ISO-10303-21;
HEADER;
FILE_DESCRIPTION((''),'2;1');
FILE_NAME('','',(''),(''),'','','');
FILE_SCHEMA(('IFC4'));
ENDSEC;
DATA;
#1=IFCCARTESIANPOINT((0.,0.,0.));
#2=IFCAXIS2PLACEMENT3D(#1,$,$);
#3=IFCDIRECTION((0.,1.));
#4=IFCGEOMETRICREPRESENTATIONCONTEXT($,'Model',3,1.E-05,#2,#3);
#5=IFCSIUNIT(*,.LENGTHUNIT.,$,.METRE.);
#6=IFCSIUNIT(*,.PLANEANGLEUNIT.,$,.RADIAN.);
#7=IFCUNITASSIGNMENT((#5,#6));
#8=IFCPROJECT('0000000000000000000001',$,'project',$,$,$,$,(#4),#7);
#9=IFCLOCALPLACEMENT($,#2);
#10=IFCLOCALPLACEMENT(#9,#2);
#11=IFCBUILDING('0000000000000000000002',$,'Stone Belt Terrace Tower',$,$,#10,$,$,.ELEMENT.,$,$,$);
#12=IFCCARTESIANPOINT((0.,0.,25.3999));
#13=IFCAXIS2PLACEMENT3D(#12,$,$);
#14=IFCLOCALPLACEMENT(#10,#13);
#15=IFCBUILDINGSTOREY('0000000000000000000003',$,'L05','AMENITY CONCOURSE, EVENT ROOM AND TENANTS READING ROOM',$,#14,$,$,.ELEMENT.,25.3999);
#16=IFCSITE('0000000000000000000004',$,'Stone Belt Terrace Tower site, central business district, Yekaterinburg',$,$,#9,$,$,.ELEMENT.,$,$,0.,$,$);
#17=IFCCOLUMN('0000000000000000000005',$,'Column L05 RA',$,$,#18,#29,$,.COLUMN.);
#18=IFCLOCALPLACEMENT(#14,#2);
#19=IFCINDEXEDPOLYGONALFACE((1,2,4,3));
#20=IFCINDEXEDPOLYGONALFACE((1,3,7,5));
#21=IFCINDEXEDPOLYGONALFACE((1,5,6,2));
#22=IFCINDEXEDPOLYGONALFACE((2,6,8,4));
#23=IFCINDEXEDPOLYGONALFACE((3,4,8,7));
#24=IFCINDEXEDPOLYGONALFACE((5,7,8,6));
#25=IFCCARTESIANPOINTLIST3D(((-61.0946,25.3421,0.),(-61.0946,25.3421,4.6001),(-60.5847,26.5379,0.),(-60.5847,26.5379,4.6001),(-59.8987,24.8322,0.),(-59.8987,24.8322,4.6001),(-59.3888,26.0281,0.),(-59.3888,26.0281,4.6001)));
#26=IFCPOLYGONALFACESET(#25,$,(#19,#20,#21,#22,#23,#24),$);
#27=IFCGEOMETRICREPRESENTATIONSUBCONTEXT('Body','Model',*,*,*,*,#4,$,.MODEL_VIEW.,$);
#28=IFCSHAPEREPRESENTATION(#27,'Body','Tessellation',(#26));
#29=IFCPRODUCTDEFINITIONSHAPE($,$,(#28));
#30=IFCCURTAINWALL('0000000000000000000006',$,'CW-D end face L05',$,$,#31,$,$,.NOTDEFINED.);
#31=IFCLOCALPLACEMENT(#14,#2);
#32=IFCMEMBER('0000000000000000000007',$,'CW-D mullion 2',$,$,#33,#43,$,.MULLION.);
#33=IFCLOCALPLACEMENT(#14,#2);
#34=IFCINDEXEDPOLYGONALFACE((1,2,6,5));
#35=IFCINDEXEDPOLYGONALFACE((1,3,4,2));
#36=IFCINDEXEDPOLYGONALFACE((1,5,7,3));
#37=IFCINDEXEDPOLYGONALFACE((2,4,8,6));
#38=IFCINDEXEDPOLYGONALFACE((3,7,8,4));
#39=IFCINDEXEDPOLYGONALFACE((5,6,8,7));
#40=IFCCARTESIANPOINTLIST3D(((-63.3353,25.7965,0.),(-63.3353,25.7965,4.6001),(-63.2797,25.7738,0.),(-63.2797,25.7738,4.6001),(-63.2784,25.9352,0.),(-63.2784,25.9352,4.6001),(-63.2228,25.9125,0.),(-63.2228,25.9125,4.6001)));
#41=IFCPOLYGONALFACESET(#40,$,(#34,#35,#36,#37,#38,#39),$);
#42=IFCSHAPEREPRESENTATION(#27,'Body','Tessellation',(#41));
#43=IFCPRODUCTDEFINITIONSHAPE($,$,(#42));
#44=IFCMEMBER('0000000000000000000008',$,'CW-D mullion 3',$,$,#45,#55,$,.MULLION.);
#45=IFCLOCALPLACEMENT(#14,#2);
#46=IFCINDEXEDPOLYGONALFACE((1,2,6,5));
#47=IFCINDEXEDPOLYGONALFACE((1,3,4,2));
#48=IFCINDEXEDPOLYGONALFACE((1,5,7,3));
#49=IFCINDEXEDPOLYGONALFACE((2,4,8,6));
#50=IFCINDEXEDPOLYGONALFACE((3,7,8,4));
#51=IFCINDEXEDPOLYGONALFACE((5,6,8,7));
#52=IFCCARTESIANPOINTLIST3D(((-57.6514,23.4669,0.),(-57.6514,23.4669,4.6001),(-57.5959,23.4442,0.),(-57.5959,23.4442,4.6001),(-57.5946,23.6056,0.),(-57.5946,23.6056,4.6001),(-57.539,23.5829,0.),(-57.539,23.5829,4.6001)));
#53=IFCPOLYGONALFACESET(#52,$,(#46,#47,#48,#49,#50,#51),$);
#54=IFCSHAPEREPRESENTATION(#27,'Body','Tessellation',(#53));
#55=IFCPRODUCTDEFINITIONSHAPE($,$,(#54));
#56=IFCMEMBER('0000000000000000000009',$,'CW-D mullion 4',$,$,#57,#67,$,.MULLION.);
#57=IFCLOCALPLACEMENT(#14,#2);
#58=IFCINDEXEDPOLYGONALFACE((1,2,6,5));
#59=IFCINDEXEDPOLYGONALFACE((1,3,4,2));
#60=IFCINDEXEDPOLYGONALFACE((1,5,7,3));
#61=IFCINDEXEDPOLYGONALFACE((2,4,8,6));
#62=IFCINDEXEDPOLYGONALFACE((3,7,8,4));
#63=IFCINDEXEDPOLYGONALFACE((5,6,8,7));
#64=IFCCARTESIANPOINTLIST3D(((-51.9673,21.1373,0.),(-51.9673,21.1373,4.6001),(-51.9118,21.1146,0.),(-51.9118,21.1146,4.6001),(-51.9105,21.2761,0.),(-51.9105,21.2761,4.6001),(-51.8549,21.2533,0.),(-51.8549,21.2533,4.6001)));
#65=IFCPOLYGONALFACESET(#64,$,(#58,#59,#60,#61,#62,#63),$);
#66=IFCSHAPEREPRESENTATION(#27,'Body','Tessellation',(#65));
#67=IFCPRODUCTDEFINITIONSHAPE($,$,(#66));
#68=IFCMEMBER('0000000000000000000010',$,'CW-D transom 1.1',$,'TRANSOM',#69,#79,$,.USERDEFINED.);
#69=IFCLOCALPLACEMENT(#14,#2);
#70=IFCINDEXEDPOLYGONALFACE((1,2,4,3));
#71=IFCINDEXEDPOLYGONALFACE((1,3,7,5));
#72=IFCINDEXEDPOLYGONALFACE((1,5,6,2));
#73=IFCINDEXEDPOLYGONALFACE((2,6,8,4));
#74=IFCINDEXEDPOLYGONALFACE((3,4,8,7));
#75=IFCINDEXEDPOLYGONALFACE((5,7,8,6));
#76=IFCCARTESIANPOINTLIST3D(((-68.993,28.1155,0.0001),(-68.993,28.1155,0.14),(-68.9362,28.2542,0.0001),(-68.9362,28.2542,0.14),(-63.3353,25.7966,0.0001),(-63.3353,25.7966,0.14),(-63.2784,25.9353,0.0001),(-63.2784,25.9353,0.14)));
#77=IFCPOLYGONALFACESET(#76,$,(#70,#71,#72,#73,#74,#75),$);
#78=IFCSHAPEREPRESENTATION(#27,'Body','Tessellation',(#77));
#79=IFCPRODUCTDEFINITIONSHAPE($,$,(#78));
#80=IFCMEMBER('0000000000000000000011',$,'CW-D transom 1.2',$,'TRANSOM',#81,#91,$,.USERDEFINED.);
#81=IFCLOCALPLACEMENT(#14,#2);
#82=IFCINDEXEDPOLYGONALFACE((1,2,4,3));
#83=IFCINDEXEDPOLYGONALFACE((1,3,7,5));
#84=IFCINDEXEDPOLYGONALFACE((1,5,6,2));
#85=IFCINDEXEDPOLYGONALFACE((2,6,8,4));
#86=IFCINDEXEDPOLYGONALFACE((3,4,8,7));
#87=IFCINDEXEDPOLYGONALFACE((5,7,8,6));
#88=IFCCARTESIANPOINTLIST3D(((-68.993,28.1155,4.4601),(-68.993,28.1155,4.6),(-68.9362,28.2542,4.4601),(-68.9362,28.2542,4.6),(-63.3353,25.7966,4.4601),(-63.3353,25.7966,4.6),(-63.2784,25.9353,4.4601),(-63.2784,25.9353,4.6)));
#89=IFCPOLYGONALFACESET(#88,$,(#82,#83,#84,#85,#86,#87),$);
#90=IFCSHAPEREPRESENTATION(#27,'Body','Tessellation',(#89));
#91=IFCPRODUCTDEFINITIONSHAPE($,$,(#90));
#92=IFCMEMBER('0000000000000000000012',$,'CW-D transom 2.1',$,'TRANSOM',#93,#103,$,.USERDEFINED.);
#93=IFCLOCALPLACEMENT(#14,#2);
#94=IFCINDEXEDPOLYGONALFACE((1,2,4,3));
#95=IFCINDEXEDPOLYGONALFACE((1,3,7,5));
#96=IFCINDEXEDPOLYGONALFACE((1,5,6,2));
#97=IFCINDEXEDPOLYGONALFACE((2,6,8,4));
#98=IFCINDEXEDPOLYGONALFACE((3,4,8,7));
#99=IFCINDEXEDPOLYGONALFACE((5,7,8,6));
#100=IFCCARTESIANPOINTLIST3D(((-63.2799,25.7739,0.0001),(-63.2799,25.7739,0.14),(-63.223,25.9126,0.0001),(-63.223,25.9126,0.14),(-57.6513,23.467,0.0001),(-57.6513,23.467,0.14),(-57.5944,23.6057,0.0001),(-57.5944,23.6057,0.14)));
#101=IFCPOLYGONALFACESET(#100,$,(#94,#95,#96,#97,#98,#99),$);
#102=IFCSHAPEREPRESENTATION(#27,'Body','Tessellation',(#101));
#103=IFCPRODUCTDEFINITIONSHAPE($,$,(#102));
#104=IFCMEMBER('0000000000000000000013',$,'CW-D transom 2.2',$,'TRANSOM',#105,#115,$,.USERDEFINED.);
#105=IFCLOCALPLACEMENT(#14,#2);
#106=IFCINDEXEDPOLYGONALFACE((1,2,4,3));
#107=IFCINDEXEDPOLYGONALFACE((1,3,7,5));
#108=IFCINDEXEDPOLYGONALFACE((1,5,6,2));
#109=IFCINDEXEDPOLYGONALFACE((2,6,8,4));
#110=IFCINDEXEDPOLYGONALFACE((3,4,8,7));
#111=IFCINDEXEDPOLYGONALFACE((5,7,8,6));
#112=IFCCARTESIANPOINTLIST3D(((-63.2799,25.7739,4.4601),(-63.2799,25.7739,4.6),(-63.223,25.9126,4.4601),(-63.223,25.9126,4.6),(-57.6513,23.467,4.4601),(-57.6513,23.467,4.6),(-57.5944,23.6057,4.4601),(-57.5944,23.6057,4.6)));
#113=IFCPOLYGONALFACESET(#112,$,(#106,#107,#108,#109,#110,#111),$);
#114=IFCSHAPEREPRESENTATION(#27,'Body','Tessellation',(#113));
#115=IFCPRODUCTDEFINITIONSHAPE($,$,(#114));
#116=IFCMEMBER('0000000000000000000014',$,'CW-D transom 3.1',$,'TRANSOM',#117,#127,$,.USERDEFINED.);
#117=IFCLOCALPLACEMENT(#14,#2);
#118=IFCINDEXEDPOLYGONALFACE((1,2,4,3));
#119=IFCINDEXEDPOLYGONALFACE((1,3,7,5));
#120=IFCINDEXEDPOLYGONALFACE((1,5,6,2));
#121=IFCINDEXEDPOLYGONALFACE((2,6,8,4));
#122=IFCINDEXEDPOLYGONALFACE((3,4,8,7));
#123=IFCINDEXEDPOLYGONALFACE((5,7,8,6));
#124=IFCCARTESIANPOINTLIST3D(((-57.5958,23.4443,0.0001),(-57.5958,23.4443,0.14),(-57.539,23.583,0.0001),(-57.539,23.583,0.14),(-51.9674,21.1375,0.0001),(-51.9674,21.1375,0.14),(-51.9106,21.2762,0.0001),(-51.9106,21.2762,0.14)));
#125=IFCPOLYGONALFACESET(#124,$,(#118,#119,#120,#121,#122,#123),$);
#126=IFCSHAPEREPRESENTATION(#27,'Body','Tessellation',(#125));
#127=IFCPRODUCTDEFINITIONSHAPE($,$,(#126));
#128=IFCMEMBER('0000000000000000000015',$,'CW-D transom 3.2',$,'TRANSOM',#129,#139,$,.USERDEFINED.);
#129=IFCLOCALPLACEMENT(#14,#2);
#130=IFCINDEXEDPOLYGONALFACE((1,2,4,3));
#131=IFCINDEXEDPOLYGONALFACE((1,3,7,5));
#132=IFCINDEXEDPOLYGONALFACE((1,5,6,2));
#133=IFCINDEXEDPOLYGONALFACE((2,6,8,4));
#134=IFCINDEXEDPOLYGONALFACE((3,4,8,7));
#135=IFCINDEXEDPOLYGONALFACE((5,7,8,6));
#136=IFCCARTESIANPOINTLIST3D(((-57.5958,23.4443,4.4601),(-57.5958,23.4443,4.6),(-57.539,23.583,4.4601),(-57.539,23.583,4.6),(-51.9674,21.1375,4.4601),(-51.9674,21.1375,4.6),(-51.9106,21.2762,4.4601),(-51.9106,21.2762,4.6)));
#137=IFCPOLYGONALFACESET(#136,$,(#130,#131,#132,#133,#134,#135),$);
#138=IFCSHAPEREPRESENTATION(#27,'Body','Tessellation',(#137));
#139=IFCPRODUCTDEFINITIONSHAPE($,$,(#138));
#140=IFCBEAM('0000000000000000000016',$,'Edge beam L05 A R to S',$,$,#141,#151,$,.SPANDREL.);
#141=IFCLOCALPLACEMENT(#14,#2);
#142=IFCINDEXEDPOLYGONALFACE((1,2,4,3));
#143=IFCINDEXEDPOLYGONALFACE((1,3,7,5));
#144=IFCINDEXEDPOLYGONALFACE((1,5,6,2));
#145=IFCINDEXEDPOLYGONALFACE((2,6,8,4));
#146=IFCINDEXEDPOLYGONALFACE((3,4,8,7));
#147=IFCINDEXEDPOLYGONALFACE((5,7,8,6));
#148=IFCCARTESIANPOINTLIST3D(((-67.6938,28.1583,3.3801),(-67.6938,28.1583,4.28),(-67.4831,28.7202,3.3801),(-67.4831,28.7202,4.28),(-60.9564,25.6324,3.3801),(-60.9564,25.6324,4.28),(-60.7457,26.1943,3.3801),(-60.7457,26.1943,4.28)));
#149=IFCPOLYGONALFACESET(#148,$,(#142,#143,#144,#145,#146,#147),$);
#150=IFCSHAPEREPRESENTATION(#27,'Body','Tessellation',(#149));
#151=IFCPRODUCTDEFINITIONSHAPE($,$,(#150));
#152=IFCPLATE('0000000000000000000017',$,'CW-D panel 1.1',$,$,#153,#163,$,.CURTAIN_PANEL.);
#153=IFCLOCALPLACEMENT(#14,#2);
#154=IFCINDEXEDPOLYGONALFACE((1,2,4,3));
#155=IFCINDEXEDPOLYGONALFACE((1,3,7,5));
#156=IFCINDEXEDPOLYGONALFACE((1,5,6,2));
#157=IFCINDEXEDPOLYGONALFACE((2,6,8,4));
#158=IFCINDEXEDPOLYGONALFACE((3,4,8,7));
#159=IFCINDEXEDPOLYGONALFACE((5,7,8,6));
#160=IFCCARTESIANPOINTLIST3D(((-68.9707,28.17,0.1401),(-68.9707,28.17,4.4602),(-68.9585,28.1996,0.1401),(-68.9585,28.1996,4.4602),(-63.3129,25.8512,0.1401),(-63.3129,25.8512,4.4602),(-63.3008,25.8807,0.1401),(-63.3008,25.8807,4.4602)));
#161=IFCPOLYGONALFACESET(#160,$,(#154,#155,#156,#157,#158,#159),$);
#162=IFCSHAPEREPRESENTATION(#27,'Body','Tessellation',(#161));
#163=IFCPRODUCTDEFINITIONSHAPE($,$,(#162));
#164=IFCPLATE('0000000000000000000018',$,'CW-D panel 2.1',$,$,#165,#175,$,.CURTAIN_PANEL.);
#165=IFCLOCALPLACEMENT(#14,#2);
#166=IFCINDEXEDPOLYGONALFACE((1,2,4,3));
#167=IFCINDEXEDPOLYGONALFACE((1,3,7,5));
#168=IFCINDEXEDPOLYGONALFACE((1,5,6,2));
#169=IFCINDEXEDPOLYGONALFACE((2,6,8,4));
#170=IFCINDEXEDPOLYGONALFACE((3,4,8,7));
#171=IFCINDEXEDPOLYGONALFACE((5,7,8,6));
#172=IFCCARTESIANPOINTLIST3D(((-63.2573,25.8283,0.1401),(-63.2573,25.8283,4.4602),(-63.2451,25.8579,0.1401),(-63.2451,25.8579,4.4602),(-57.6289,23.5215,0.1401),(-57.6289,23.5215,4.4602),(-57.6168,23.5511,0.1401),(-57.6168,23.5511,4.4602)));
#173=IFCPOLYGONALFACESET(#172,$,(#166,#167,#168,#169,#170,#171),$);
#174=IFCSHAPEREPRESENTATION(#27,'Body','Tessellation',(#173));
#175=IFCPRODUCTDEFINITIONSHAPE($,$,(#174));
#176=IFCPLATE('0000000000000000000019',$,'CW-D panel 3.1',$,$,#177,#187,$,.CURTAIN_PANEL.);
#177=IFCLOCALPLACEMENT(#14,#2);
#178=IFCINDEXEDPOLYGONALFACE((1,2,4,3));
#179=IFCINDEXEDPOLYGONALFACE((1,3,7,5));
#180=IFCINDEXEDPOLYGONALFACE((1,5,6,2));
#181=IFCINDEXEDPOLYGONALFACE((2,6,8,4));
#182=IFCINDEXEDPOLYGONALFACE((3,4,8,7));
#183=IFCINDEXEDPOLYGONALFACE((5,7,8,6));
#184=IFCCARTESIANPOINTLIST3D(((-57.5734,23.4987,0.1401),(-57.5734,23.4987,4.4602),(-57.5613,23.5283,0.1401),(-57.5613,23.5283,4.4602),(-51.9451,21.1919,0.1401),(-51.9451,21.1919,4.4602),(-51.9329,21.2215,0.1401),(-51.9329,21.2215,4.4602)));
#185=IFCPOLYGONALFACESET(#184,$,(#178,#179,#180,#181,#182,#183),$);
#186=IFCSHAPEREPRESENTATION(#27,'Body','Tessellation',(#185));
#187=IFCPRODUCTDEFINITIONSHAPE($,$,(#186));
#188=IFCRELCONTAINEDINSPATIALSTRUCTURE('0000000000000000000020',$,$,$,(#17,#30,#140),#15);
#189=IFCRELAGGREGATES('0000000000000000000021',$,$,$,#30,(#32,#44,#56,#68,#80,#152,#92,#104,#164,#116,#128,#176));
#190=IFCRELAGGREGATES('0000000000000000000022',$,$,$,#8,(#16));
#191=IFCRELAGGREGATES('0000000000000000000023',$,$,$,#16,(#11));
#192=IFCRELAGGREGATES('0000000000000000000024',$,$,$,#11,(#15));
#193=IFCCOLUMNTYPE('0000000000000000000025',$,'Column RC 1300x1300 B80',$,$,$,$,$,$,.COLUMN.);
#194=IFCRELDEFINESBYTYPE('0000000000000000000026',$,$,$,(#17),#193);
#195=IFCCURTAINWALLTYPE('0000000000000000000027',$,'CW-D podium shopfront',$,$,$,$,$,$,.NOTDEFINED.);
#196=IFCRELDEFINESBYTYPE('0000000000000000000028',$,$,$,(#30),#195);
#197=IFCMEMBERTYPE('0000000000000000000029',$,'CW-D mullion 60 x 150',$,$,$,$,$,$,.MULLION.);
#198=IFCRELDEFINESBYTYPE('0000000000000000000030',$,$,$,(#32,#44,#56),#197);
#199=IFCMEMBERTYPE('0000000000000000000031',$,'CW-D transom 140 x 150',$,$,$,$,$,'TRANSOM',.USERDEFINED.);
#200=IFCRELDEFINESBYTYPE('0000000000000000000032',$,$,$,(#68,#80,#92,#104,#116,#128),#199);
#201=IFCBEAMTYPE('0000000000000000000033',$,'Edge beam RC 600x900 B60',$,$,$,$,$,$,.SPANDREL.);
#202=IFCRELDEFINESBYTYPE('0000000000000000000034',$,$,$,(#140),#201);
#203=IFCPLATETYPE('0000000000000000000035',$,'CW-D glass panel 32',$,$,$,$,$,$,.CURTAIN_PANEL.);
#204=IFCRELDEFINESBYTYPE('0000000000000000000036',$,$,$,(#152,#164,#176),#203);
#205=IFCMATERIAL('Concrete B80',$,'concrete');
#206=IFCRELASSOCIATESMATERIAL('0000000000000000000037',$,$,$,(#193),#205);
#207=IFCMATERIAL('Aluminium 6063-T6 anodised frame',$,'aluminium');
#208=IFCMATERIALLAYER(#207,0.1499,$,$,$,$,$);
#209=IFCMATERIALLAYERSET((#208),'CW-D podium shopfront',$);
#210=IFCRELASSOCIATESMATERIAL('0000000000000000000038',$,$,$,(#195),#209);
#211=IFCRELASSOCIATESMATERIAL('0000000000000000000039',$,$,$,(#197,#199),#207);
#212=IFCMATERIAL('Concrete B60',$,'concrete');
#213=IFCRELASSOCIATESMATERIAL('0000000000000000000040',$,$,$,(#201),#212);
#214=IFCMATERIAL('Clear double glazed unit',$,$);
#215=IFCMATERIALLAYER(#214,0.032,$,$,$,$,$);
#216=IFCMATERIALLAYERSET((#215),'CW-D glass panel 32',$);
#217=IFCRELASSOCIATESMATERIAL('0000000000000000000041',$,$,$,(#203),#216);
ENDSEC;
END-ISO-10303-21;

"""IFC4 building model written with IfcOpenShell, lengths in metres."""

from ifc_helpers import new_model, si_unit, direction, frame, origin, origin_2d, place, context, subcontext, project, spatial, rectangle, extrude, material, layer, layer_set, material_profile, profile_set, type_object, element, aggregate, save


model = new_model("IFC4")

# Units and contexts
model_context = context("Model", 3, precision=1e-05, world=origin(), true_north=direction((0.0, 1.0)))
body_context = subcontext(model_context, "Body", "Model", "MODEL_VIEW")
ifc_project = project(units=[si_unit("LENGTHUNIT", "METRE"), si_unit("PLANEANGLEUNIT", "RADIAN")], contexts=[model_context])

# Site, building, storey
site_placement = place(None, origin())
site = spatial("IfcSite", under=ifc_project, at=site_placement, Name="Stone Belt Terrace Tower site, central business district, Yekaterinburg", CompositionType="ELEMENT", RefElevation=0.0)
building_placement = place(site_placement, origin())
building = spatial("IfcBuilding", under=site, at=building_placement, Name="Stone Belt Terrace Tower", CompositionType="ELEMENT")
storey_placement = place(building_placement, frame((0.0, 0.0, 25.3999)))
storey = spatial("IfcBuildingStorey", under=building, at=storey_placement, Name="L05", Description="AMENITY CONCOURSE, EVENT ROOM AND TENANTS READING ROOM", CompositionType="ELEMENT", Elevation=25.3999)

# Column
ifc_material_1 = material(Name="Concrete B80", Category="concrete")
ifc_material_profile_1 = material_profile(ifc_material_1, rectangle(XDim=1.3, YDim=1.3, at=origin_2d()), Name="RC 1300x1300")
ifc_profile_set_1 = profile_set([ifc_material_profile_1], Name="Concrete B80")
column_type = type_object("IfcColumnType", Name="Column RC 1300x1300 B80", PredefinedType="COLUMN", material=ifc_profile_set_1)
column_placement = place(storey_placement, frame((-60.2417, 25.6851, 0.0), z_axis=(0.0, 0.0, 1.0), x_axis=(0.392204, 0.919878, 0.0)))
element("IfcColumn", 1, at=column_placement, inside=storey, type_object=column_type, Name="Column L05 RA", PredefinedType="COLUMN", context=body_context, shape_type="SweptSolid", body=[
    extrude(rectangle(XDim=1.3, YDim=1.3, at=origin_2d()), origin(), (0.0, 0.0, 1.0), 4.6001),
])

# Curtain wall, members
ifc_material_2 = material(Name="Aluminium 6063-T6 anodised frame", Category="aluminium")
ifc_layer_1 = layer(ifc_material_2, 0.1499)
ifc_layer_set_1 = layer_set([ifc_layer_1], Name="CW-D podium shopfront")
curtain_wall_type = type_object("IfcCurtainWallType", Name="CW-D podium shopfront", PredefinedType="NOTDEFINED", material=ifc_layer_set_1)
curtain_wall_placement = place(storey_placement, origin())
curtain_wall = element("IfcCurtainWall", 2, at=curtain_wall_placement, inside=storey, type_object=curtain_wall_type, Name="CW-D end face L05", PredefinedType="NOTDEFINED")
ifc_material_profile_2 = material_profile(ifc_material_2, rectangle(XDim=0.1499, YDim=0.0601, at=origin_2d()), Name="Aluminium 6063-T6 60x150")
ifc_profile_set_2 = profile_set([ifc_material_profile_2], Name="Aluminium 6063-T6 anodised frame")
member_type_1 = type_object("IfcMemberType", Name="CW-D mullion 60 x 150", PredefinedType="MULLION", material=ifc_profile_set_2)
member_1_placement = place(storey_placement, frame((-63.2791, 25.8545, 0.0), z_axis=(0.0, 0.0, 1.0), x_axis=(0.379243, 0.925297, 0.0)))
member_1 = element("IfcMember", 3, at=member_1_placement, type_object=member_type_1, Name="CW-D mullion 2", PredefinedType="MULLION", context=body_context, shape_type="SweptSolid", body=[
    extrude(rectangle(XDim=0.1499, YDim=0.0601, at=origin_2d()), origin(), (0.0, 0.0, 1.0), 4.6001),
])
member_2_placement = place(storey_placement, frame((-57.5952, 23.5249, 0.0), z_axis=(0.0, 0.0, 1.0), x_axis=(0.379243, 0.925297, 0.0)))
member_2 = element("IfcMember", 4, at=member_2_placement, type_object=member_type_1, Name="CW-D mullion 3", PredefinedType="MULLION", context=body_context, shape_type="SweptSolid", body=[
    extrude(rectangle(XDim=0.1499, YDim=0.0601, at=origin_2d()), origin(), (0.0, 0.0, 1.0), 4.6001),
])
member_3_placement = place(storey_placement, frame((-51.9111, 21.1953, 0.0), z_axis=(0.0, 0.0, 1.0), x_axis=(0.379243, 0.925297, 0.0)))
member_3 = element("IfcMember", 5, at=member_3_placement, type_object=member_type_1, Name="CW-D mullion 4", PredefinedType="MULLION", context=body_context, shape_type="SweptSolid", body=[
    extrude(rectangle(XDim=0.1499, YDim=0.0601, at=origin_2d()), origin(), (0.0, 0.0, 1.0), 4.6001),
])
ifc_material_profile_3 = material_profile(ifc_material_2, rectangle(XDim=0.1499, YDim=0.1399, at=origin_2d()), Name="Aluminium 6063-T6 150x140")
ifc_profile_set_3 = profile_set([ifc_material_profile_3], Name="Aluminium 6063-T6 anodised frame")
member_type_2 = type_object("IfcMemberType", Name="CW-D transom 140 x 150", ElementType="TRANSOM", PredefinedType="USERDEFINED", material=ifc_profile_set_3)
member_4_placement = place(storey_placement, frame((-68.9646, 28.1848, 0.0701), z_axis=(0.925299, -0.379239, 0.0), x_axis=(0.379239, 0.925299, 0.0)))
member_4 = element("IfcMember", 6, at=member_4_placement, type_object=member_type_2, Name="CW-D transom 1.1", ObjectType="TRANSOM", PredefinedType="USERDEFINED", context=body_context, shape_type="SweptSolid", body=[
    extrude(rectangle(XDim=0.1499, YDim=0.1399, at=origin_2d()), origin(), (0.0, 0.0, 1.0), 6.1145),
])
member_5_placement = place(storey_placement, frame((-68.9646, 28.1848, 4.53), z_axis=(0.925299, -0.379239, 0.0), x_axis=(0.379239, 0.925299, 0.0)))
member_5 = element("IfcMember", 7, at=member_5_placement, type_object=member_type_2, Name="CW-D transom 1.2", ObjectType="TRANSOM", PredefinedType="USERDEFINED", context=body_context, shape_type="SweptSolid", body=[
    extrude(rectangle(XDim=0.1499, YDim=0.1399, at=origin_2d()), origin(), (0.0, 0.0, 1.0), 6.1145),
])
member_6_placement = place(storey_placement, frame((-63.2515, 25.8433, 0.0701), z_axis=(0.925302, -0.379231, 0.0), x_axis=(0.379231, 0.925302, 0.0)))
member_6 = element("IfcMember", 8, at=member_6_placement, type_object=member_type_2, Name="CW-D transom 2.1", ObjectType="TRANSOM", PredefinedType="USERDEFINED", context=body_context, shape_type="SweptSolid", body=[
    extrude(rectangle(XDim=0.1499, YDim=0.1399, at=origin_2d()), origin(), (0.0, 0.0, 1.0), 6.083),
])
member_7_placement = place(storey_placement, frame((-63.2515, 25.8433, 4.53), z_axis=(0.925302, -0.379231, 0.0), x_axis=(0.379231, 0.925302, 0.0)))
member_7 = element("IfcMember", 9, at=member_7_placement, type_object=member_type_2, Name="CW-D transom 2.2", ObjectType="TRANSOM", PredefinedType="USERDEFINED", context=body_context, shape_type="SweptSolid", body=[
    extrude(rectangle(XDim=0.1499, YDim=0.1399, at=origin_2d()), origin(), (0.0, 0.0, 1.0), 6.083),
])
member_8_placement = place(storey_placement, frame((-57.5674, 23.5137, 0.0701), z_axis=(0.925296, -0.379245, 0.0), x_axis=(0.379245, 0.925296, 0.0)))
member_8 = element("IfcMember", 10, at=member_8_placement, type_object=member_type_2, Name="CW-D transom 3.1", ObjectType="TRANSOM", PredefinedType="USERDEFINED", context=body_context, shape_type="SweptSolid", body=[
    extrude(rectangle(XDim=0.1499, YDim=0.1399, at=origin_2d()), origin(), (0.0, 0.0, 1.0), 6.0828),
])
member_9_placement = place(storey_placement, frame((-57.5674, 23.5137, 4.53), z_axis=(0.925296, -0.379245, 0.0), x_axis=(0.379245, 0.925296, 0.0)))
member_9 = element("IfcMember", 11, at=member_9_placement, type_object=member_type_2, Name="CW-D transom 3.2", ObjectType="TRANSOM", PredefinedType="USERDEFINED", context=body_context, shape_type="SweptSolid", body=[
    extrude(rectangle(XDim=0.1499, YDim=0.1399, at=origin_2d()), origin(), (0.0, 0.0, 1.0), 6.0828),
])

# Beam
ifc_material_3 = material(Name="Concrete B60", Category="concrete")
ifc_material_profile_4 = material_profile(ifc_material_3, rectangle(XDim=0.6001, YDim=0.8999, at=origin_2d()), Name="RC 600x900")
ifc_profile_set_4 = profile_set([ifc_material_profile_4], Name="Concrete B60")
beam_type = type_object("IfcBeamType", Name="Edge beam RC 600x900 B60", PredefinedType="SPANDREL", material=ifc_profile_set_4)
beam_placement = place(storey_placement, frame((-60.8511, 25.9133, 3.8301), z_axis=(-0.936357, 0.351049, 0.0), x_axis=(-0.351049, -0.936357, 0.0)))
element("IfcBeam", 12, at=beam_placement, inside=storey, type_object=beam_type, Name="Edge beam L05 A R to S", PredefinedType="SPANDREL", context=body_context, shape_type="SweptSolid", body=[
    extrude(rectangle(XDim=0.6001, YDim=0.8999, at=origin_2d()), origin(), (0.0, 0.0, 1.0), 7.1953),
])

# Plates
ifc_material_4 = material(Name="Clear double glazed unit")
ifc_layer_2 = layer(ifc_material_4, 0.032)
ifc_layer_set_2 = layer_set([ifc_layer_2], Name="CW-D glass panel 32")
plate_type = type_object("IfcPlateType", Name="CW-D glass panel 32", PredefinedType="CURTAIN_PANEL", material=ifc_layer_set_2)
plate_1_placement = place(storey_placement, frame((-66.1357, 27.0254, 0.1401), z_axis=(0.0, 0.0, 1.0), x_axis=(0.925297, -0.379243, 0.0)))
plate_1 = element("IfcPlate", 13, at=plate_1_placement, type_object=plate_type, Name="CW-D panel 1.1", PredefinedType="CURTAIN_PANEL", context=body_context, shape_type="SweptSolid", body=[
    extrude(rectangle(XDim=6.1145, YDim=0.032, at=origin_2d()), origin(), (0.0, 0.0, 1.0), 4.3201),
])
plate_2_placement = place(storey_placement, frame((-60.437, 24.6897, 0.1401), z_axis=(0.0, 0.0, 1.0), x_axis=(0.925297, -0.379243, 0.0)))
plate_2 = element("IfcPlate", 14, at=plate_2_placement, type_object=plate_type, Name="CW-D panel 2.1", PredefinedType="CURTAIN_PANEL", context=body_context, shape_type="SweptSolid", body=[
    extrude(rectangle(XDim=6.0828, YDim=0.032, at=origin_2d()), origin(), (0.0, 0.0, 1.0), 4.3201),
])
plate_3_placement = place(storey_placement, frame((-54.7532, 22.3601, 0.1401), z_axis=(0.0, 0.0, 1.0), x_axis=(0.925297, -0.379243, 0.0)))
plate_3 = element("IfcPlate", 15, at=plate_3_placement, type_object=plate_type, Name="CW-D panel 3.1", PredefinedType="CURTAIN_PANEL", context=body_context, shape_type="SweptSolid", body=[
    extrude(rectangle(XDim=6.0828, YDim=0.032, at=origin_2d()), origin(), (0.0, 0.0, 1.0), 4.3201),
])
aggregate(curtain_wall, [member_1, member_2, member_3, member_4, member_5, plate_1, member_6, member_7, plate_2, member_8, member_9, plate_3])

save(model, "model.ifc")
